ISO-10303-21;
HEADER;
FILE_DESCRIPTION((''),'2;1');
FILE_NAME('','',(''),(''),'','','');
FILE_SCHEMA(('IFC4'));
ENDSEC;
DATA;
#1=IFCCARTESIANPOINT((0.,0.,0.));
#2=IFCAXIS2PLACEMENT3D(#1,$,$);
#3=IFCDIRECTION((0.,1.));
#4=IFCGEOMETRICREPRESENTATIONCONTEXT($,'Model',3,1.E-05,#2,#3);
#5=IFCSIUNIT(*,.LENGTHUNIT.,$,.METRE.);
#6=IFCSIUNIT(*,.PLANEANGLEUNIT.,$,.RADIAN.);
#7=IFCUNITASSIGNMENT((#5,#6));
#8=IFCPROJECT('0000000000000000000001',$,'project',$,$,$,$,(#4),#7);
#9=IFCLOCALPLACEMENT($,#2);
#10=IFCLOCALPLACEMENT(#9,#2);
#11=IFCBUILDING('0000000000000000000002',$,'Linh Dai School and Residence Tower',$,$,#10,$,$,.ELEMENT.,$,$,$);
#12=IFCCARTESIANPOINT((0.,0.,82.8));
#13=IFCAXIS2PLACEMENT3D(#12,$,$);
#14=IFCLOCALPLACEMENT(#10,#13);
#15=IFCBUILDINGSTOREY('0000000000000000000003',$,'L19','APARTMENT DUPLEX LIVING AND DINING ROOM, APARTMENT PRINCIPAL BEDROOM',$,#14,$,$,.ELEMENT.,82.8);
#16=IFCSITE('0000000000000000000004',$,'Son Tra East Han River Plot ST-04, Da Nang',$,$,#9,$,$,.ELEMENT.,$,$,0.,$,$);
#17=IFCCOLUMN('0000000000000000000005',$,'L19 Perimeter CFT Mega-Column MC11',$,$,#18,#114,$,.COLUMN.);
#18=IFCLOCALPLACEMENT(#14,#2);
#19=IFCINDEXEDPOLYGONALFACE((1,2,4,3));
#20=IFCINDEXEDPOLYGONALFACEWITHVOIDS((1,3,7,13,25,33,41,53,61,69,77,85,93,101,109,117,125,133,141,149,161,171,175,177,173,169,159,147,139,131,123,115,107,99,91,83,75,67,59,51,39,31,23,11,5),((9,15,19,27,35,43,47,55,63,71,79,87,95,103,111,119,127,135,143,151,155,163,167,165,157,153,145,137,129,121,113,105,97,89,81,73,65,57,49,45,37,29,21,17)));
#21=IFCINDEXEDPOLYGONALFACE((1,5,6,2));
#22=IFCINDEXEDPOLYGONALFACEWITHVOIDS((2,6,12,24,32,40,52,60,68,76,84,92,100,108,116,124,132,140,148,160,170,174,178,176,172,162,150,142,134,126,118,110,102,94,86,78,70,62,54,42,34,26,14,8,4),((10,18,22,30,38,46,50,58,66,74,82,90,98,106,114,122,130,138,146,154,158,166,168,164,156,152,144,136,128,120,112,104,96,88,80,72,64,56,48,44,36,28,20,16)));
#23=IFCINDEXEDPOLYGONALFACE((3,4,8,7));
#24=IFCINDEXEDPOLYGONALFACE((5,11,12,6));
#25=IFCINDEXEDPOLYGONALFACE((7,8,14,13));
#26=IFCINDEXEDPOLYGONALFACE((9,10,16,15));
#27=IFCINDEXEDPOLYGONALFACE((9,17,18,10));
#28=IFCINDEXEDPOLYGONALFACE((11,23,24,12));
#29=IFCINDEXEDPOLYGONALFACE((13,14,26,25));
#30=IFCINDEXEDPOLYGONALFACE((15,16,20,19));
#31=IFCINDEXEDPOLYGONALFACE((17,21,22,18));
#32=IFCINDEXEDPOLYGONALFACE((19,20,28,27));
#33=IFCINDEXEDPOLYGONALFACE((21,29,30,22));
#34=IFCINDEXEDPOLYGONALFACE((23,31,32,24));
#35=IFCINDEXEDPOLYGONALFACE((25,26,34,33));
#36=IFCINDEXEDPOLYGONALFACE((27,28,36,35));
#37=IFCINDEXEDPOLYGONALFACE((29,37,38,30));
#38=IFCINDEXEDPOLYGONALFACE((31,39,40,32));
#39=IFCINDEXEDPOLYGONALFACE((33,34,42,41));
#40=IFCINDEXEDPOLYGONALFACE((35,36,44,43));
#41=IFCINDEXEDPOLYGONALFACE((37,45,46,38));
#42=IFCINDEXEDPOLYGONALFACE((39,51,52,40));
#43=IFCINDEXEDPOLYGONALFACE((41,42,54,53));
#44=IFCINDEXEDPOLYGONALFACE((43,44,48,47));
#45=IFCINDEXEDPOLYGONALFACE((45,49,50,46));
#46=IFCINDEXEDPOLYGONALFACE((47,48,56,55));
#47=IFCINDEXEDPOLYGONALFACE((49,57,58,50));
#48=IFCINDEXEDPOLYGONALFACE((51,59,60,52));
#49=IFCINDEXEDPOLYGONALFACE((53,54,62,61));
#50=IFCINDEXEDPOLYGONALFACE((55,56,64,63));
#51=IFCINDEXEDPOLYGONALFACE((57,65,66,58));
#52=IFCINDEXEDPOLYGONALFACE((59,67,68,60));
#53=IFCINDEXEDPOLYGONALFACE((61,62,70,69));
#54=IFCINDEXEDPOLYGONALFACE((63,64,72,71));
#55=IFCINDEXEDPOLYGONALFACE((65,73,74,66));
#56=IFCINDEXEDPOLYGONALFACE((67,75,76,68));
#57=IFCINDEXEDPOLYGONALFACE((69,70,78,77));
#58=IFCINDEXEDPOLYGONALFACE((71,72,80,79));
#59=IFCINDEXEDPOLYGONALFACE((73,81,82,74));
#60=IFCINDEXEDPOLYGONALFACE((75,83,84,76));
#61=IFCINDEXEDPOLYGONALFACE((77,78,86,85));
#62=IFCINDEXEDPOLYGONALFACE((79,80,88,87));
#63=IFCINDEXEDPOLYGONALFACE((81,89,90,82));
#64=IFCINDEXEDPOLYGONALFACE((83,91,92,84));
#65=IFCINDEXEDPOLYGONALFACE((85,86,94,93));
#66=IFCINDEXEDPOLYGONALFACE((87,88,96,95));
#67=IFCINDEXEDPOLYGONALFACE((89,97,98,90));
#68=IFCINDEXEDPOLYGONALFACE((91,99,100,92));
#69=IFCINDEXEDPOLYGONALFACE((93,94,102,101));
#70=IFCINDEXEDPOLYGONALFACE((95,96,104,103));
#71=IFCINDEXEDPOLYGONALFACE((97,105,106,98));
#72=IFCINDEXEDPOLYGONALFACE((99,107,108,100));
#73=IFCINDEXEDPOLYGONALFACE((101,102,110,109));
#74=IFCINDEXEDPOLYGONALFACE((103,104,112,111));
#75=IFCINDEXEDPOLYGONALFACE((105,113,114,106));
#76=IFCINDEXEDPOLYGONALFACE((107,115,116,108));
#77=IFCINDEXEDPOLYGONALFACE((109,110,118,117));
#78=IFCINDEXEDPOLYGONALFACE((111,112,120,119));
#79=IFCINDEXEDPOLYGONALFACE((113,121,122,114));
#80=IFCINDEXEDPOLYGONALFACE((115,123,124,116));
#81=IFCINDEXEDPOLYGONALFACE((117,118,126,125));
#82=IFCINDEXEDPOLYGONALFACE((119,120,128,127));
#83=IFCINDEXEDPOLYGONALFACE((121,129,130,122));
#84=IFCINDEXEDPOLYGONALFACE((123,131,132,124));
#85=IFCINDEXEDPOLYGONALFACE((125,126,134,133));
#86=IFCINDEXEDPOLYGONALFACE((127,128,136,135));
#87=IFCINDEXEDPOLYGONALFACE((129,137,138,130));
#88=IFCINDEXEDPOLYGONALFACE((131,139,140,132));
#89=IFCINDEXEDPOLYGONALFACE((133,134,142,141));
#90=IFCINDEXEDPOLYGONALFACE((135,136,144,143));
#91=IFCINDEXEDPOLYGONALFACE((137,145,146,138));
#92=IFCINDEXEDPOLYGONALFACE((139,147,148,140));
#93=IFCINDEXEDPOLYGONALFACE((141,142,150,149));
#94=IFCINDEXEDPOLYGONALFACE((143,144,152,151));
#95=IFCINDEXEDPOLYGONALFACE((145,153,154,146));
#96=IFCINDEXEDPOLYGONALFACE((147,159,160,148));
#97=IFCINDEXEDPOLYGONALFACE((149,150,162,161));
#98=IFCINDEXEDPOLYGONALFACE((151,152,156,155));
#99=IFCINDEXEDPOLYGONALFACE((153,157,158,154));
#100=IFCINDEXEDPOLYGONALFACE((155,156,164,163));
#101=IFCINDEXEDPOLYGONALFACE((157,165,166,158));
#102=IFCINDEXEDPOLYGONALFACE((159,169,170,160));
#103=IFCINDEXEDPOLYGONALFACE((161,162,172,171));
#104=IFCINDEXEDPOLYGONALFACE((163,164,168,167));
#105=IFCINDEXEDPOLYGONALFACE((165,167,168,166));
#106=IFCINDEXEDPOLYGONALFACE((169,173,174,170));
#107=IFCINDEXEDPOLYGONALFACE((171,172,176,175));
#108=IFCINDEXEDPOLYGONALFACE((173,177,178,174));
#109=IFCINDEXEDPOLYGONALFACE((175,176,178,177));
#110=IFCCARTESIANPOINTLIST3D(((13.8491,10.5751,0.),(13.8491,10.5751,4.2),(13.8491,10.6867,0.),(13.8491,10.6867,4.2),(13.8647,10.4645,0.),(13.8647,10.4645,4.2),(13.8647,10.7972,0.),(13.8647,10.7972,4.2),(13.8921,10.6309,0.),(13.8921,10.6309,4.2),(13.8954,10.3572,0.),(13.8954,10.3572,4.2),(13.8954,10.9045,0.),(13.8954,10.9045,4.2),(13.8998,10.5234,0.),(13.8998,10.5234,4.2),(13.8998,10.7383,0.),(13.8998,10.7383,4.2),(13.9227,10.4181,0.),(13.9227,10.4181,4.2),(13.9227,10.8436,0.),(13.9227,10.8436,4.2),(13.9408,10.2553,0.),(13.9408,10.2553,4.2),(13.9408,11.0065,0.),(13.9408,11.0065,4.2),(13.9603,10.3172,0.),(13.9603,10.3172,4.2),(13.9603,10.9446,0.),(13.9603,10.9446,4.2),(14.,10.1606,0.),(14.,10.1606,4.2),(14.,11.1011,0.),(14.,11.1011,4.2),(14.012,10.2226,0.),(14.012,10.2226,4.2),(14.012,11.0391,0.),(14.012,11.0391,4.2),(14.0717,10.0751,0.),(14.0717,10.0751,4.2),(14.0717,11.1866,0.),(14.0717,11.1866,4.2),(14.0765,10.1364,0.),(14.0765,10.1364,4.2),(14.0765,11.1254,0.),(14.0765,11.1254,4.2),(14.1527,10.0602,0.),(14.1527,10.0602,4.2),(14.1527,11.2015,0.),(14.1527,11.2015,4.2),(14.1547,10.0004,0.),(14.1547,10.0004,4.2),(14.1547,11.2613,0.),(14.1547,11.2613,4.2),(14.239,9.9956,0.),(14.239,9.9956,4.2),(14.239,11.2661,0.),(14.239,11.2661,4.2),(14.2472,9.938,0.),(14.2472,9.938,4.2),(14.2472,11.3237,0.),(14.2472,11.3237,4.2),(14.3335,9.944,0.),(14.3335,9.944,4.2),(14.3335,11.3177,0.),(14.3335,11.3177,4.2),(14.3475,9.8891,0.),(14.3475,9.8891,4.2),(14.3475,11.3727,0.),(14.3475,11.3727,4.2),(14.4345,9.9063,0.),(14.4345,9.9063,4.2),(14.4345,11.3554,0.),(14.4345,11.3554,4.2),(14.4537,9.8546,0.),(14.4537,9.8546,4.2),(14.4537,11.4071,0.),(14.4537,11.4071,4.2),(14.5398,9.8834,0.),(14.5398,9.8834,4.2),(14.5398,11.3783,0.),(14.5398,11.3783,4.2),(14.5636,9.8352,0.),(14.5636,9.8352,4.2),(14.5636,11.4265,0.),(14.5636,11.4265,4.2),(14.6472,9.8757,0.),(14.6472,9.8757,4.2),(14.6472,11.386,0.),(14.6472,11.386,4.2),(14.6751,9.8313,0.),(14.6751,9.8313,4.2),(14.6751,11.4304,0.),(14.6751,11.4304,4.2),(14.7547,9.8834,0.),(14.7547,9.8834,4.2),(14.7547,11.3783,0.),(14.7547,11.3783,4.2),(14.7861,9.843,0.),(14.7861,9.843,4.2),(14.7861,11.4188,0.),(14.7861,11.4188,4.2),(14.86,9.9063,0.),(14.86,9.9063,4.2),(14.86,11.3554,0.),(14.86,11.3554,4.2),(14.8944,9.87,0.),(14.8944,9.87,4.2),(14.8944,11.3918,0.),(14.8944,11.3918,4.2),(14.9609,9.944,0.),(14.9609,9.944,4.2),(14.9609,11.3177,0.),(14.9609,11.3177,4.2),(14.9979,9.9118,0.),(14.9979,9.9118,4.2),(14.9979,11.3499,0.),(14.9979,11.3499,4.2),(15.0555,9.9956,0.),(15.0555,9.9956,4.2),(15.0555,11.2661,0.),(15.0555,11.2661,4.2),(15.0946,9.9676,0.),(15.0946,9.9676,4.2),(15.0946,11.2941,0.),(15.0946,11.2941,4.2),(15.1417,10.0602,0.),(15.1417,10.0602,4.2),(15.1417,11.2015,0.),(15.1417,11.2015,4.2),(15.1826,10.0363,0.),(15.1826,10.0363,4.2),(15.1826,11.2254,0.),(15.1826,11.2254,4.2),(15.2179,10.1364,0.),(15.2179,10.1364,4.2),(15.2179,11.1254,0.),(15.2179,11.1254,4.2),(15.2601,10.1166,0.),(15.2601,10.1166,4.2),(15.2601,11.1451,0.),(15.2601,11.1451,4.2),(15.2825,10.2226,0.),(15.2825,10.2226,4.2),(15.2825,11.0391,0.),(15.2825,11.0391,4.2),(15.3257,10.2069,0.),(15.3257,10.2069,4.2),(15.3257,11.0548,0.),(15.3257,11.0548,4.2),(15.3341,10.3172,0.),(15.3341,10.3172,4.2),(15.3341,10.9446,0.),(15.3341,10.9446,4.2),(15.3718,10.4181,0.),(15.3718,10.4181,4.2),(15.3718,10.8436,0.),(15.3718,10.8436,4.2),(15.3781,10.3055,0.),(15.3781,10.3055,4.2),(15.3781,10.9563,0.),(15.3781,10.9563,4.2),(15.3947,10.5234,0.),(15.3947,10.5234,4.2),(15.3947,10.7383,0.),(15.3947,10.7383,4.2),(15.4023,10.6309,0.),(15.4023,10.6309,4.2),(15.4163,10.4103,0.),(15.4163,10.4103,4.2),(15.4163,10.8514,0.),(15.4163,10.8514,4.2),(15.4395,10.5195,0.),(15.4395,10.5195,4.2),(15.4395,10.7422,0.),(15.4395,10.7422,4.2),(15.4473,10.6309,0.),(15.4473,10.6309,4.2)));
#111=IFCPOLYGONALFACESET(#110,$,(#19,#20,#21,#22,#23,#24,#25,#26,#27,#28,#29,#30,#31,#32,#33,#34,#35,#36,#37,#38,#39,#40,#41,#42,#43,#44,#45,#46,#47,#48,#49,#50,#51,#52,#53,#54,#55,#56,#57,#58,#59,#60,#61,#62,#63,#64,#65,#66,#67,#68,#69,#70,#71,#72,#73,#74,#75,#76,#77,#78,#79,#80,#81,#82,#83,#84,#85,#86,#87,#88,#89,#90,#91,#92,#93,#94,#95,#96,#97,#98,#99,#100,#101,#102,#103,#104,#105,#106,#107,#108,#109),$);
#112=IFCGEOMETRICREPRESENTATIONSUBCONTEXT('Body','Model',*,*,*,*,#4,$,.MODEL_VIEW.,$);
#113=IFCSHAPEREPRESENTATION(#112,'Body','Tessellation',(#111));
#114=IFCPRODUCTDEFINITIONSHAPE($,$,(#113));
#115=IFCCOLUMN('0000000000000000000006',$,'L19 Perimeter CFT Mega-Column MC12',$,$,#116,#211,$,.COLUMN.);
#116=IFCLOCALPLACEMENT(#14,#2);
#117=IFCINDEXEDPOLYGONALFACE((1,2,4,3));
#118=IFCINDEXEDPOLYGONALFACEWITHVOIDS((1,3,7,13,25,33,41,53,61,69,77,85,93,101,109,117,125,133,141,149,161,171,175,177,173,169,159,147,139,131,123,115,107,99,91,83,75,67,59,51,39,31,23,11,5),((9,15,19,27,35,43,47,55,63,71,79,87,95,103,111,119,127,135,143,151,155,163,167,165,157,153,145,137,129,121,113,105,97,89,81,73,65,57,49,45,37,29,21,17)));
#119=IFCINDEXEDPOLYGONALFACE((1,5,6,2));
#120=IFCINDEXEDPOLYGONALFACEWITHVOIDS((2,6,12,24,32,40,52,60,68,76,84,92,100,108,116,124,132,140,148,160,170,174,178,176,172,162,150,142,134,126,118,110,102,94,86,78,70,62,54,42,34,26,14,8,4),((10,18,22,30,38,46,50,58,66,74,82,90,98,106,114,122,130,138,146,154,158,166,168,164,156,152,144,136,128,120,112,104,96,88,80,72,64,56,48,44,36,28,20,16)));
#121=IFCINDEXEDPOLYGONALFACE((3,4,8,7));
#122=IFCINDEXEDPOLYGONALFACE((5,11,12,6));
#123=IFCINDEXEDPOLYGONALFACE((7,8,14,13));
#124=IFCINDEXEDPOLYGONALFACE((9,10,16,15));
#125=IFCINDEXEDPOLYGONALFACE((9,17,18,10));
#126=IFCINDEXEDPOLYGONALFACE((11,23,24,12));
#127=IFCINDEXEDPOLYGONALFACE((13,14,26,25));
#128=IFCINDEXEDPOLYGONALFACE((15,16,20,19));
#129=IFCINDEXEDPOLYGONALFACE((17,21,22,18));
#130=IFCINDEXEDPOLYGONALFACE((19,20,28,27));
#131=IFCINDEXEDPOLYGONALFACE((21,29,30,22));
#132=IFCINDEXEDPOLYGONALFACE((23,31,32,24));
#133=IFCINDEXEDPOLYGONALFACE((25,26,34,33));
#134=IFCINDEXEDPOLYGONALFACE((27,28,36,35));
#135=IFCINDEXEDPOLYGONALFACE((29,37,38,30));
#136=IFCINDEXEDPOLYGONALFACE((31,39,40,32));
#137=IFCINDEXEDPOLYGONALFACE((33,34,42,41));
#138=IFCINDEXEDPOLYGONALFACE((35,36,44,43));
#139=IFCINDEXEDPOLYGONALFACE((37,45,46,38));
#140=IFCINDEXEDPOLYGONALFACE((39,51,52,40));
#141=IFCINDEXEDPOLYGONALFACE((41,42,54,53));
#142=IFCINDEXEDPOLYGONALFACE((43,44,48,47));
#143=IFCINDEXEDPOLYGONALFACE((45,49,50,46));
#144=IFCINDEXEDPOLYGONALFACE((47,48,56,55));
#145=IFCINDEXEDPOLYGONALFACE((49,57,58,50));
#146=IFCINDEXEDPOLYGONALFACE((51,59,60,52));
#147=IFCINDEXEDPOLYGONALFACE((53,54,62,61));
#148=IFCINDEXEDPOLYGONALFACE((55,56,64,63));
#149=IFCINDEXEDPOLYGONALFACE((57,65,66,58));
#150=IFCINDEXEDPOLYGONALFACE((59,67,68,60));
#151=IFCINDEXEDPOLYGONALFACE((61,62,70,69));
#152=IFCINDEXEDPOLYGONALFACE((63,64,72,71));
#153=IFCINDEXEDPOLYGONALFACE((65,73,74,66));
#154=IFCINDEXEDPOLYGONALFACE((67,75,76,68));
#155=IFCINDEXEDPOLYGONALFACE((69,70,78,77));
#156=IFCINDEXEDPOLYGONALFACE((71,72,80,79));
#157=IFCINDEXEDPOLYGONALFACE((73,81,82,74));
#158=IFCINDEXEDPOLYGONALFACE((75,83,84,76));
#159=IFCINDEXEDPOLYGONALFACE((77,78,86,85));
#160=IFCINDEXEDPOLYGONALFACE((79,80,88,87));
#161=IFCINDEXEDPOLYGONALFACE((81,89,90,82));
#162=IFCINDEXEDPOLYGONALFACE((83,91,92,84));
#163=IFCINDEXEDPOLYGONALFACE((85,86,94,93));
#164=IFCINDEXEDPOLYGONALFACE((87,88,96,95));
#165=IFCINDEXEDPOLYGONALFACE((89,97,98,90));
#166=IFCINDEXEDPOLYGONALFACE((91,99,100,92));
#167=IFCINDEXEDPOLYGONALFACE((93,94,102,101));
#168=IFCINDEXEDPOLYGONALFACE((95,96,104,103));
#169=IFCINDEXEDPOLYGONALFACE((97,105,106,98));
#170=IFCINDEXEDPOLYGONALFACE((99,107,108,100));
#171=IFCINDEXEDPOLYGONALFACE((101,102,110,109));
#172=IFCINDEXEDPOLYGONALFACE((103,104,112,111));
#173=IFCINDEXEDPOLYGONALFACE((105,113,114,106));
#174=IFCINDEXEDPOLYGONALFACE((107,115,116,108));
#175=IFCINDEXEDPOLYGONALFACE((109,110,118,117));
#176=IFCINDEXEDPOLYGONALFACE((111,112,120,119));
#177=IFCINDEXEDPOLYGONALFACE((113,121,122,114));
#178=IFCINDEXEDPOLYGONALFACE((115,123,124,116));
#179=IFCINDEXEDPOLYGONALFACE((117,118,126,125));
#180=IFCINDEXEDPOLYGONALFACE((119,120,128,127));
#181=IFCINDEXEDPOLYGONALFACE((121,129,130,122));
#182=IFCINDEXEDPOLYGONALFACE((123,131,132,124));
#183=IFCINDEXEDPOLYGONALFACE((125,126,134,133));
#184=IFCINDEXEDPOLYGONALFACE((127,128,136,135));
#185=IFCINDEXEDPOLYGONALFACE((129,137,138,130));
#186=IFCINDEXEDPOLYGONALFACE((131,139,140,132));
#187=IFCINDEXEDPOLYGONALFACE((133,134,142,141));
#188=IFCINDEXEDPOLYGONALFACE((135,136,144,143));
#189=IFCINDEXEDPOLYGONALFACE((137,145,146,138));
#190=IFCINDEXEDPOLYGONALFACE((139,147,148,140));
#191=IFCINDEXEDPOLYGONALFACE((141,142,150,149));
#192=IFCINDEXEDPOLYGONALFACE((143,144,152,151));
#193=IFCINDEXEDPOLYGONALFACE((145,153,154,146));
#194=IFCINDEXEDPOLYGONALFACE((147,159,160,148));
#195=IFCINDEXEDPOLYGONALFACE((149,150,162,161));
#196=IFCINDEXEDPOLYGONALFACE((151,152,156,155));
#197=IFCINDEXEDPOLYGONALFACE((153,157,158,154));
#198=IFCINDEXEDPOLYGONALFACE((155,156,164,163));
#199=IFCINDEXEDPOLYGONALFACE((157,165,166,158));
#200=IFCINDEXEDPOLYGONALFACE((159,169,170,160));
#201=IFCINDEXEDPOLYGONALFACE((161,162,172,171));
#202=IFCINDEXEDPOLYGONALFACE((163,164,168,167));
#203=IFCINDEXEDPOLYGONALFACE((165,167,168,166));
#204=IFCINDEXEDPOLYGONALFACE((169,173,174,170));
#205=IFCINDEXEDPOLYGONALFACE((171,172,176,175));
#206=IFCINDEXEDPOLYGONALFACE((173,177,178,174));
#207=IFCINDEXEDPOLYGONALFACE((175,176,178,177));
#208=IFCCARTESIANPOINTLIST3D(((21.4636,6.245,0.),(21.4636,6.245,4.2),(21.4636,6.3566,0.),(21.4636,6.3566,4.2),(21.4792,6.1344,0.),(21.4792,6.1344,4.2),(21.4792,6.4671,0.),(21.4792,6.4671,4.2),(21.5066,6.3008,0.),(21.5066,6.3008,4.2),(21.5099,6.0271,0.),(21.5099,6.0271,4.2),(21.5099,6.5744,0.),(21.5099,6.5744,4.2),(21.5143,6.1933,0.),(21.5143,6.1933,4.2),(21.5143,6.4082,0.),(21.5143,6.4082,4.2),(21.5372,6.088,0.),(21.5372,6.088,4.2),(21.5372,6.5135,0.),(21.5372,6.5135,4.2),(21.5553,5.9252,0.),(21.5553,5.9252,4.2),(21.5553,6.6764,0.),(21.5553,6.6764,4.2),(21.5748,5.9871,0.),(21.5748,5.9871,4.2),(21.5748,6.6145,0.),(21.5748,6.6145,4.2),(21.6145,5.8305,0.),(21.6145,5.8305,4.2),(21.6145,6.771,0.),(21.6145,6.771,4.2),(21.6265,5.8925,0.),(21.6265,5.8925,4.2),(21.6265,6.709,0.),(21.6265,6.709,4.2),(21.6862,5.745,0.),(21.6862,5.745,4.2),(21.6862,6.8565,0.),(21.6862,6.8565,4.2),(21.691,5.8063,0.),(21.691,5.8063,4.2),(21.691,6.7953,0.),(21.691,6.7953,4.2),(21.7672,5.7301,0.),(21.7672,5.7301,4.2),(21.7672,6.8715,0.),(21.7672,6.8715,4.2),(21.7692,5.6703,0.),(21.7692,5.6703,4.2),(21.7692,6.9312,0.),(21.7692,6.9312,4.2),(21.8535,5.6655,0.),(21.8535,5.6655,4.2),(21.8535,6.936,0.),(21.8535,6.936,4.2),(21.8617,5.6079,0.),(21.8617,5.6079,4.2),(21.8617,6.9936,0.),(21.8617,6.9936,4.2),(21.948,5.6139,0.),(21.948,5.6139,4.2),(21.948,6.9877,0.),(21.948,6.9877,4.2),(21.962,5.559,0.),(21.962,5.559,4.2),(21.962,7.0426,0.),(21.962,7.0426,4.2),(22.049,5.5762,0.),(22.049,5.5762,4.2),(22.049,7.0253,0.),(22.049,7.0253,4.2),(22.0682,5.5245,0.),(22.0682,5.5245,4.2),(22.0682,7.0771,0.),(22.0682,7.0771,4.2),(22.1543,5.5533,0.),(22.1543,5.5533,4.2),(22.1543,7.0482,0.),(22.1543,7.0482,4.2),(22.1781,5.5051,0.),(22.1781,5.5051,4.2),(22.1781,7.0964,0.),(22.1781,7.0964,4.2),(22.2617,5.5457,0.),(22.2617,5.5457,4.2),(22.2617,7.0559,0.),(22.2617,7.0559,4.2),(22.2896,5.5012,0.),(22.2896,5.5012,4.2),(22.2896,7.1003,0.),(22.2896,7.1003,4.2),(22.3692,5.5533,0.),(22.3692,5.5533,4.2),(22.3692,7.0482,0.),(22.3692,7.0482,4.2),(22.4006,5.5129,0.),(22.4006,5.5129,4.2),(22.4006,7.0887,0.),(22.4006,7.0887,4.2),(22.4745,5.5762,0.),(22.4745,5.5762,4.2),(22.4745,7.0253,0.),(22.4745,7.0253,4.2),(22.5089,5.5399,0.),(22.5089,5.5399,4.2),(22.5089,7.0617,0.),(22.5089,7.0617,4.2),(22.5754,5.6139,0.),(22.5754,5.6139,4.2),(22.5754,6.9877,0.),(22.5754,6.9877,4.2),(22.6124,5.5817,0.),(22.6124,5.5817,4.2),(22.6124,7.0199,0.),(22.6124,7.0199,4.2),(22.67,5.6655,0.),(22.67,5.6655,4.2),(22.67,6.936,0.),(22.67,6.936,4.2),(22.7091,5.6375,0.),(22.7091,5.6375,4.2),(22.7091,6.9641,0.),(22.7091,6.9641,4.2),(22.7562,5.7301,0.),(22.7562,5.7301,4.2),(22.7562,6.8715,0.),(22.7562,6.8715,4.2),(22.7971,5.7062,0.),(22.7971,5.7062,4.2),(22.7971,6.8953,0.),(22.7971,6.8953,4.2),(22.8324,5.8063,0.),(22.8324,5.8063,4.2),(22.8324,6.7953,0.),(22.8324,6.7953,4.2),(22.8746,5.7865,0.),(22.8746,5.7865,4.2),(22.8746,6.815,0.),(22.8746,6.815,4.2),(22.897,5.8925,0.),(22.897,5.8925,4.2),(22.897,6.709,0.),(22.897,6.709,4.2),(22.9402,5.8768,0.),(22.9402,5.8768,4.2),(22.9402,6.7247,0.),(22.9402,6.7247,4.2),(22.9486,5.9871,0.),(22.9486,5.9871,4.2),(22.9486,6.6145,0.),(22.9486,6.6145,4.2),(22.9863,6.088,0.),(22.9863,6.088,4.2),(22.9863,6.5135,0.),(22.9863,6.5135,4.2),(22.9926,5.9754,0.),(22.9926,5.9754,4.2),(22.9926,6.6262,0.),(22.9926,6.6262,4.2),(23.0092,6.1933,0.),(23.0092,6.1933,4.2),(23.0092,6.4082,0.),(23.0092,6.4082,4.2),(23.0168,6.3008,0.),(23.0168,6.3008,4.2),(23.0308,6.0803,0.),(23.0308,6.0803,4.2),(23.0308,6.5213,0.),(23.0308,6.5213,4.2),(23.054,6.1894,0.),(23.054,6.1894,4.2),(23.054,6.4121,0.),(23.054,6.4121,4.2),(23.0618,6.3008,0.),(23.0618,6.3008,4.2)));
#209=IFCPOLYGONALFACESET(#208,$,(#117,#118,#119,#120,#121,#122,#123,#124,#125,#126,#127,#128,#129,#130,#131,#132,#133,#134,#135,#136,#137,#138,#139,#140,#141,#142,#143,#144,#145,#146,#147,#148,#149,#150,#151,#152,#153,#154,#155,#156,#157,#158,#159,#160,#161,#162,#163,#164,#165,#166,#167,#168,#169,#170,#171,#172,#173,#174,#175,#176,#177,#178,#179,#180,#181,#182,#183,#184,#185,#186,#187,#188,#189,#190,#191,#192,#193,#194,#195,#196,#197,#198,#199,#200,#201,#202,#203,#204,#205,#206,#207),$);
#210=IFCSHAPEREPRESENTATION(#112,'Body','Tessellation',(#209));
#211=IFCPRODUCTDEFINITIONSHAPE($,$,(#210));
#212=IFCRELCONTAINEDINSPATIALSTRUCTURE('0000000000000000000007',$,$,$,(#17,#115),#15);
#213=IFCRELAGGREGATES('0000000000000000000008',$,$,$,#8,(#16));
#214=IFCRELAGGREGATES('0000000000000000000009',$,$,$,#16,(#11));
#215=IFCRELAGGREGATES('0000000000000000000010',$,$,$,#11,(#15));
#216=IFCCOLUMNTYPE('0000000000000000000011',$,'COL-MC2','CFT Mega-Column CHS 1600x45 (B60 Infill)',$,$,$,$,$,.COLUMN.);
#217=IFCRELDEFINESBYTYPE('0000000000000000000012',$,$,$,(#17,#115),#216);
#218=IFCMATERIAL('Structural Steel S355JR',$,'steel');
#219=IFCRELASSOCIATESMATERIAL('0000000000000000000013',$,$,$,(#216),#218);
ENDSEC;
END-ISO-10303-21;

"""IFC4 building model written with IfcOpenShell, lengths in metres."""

from ifc_helpers import new_model, si_unit, direction, frame, origin, origin_2d, place, context, subcontext, project, spatial, hollow_circle, extrude, material, material_profile, profile_set, type_object, element, save


model = new_model("IFC4")

# Units and contexts
model_context = context("Model", 3, precision=1e-05, world=origin(), true_north=direction((0.0, 1.0)))
body_context = subcontext(model_context, "Body", "Model", "MODEL_VIEW")
ifc_project = project(units=[si_unit("LENGTHUNIT", "METRE"), si_unit("PLANEANGLEUNIT", "RADIAN")], contexts=[model_context])

# Site, building, storey
site_placement = place(None, origin())
site = spatial("IfcSite", under=ifc_project, at=site_placement, Name="Son Tra East Han River Plot ST-04, Da Nang", CompositionType="ELEMENT", RefElevation=0.0)
building_placement = place(site_placement, origin())
building = spatial("IfcBuilding", under=site, at=building_placement, Name="Linh Dai School and Residence Tower", CompositionType="ELEMENT")
storey_placement = place(building_placement, frame((0.0, 0.0, 82.8)))
storey = spatial("IfcBuildingStorey", under=building, at=storey_placement, Name="L19", Description="APARTMENT DUPLEX LIVING AND DINING ROOM, APARTMENT PRINCIPAL BEDROOM", CompositionType="ELEMENT", Elevation=82.8)

# Columns
ifc_material_1 = material(Name="Structural Steel S355JR", Category="steel")
ifc_material_profile_1 = material_profile(ifc_material_1, hollow_circle(Radius=0.8, WallThickness=0.0449, at=origin_2d()), Name="CHS 1600x45")
ifc_profile_set_1 = profile_set([ifc_material_profile_1], Name="Structural Steel S355JR")
column_type = type_object("IfcColumnType", Name="COL-MC2", Description="CFT Mega-Column CHS 1600x45 (B60 Infill)", PredefinedType="COLUMN", material=ifc_profile_set_1)
for number, where, z_axis, x_axis, name in (
    (1, (14.6472, 10.6309, 0.0), (0.0, 0.0, 1.0), (1.0, 0.0, 0.0), "L19 Perimeter CFT Mega-Column MC11"),
    (2, (22.2617, 6.3008, 0.0), (0.0, 0.0, 1.0), (1.0, 0.0, 0.0), "L19 Perimeter CFT Mega-Column MC12"),
):
    element("IfcColumn", number, at=place(storey_placement, frame(where, z_axis=z_axis, x_axis=x_axis)), inside=storey, type_object=column_type, Name=name, PredefinedType="COLUMN", context=body_context, shape_type="SweptSolid", body=[
        extrude(hollow_circle(Radius=0.8, WallThickness=0.0449, at=origin_2d()), origin(), (0.0, 0.0, 1.0), 4.2),
    ])

save(model, "model.ifc")
